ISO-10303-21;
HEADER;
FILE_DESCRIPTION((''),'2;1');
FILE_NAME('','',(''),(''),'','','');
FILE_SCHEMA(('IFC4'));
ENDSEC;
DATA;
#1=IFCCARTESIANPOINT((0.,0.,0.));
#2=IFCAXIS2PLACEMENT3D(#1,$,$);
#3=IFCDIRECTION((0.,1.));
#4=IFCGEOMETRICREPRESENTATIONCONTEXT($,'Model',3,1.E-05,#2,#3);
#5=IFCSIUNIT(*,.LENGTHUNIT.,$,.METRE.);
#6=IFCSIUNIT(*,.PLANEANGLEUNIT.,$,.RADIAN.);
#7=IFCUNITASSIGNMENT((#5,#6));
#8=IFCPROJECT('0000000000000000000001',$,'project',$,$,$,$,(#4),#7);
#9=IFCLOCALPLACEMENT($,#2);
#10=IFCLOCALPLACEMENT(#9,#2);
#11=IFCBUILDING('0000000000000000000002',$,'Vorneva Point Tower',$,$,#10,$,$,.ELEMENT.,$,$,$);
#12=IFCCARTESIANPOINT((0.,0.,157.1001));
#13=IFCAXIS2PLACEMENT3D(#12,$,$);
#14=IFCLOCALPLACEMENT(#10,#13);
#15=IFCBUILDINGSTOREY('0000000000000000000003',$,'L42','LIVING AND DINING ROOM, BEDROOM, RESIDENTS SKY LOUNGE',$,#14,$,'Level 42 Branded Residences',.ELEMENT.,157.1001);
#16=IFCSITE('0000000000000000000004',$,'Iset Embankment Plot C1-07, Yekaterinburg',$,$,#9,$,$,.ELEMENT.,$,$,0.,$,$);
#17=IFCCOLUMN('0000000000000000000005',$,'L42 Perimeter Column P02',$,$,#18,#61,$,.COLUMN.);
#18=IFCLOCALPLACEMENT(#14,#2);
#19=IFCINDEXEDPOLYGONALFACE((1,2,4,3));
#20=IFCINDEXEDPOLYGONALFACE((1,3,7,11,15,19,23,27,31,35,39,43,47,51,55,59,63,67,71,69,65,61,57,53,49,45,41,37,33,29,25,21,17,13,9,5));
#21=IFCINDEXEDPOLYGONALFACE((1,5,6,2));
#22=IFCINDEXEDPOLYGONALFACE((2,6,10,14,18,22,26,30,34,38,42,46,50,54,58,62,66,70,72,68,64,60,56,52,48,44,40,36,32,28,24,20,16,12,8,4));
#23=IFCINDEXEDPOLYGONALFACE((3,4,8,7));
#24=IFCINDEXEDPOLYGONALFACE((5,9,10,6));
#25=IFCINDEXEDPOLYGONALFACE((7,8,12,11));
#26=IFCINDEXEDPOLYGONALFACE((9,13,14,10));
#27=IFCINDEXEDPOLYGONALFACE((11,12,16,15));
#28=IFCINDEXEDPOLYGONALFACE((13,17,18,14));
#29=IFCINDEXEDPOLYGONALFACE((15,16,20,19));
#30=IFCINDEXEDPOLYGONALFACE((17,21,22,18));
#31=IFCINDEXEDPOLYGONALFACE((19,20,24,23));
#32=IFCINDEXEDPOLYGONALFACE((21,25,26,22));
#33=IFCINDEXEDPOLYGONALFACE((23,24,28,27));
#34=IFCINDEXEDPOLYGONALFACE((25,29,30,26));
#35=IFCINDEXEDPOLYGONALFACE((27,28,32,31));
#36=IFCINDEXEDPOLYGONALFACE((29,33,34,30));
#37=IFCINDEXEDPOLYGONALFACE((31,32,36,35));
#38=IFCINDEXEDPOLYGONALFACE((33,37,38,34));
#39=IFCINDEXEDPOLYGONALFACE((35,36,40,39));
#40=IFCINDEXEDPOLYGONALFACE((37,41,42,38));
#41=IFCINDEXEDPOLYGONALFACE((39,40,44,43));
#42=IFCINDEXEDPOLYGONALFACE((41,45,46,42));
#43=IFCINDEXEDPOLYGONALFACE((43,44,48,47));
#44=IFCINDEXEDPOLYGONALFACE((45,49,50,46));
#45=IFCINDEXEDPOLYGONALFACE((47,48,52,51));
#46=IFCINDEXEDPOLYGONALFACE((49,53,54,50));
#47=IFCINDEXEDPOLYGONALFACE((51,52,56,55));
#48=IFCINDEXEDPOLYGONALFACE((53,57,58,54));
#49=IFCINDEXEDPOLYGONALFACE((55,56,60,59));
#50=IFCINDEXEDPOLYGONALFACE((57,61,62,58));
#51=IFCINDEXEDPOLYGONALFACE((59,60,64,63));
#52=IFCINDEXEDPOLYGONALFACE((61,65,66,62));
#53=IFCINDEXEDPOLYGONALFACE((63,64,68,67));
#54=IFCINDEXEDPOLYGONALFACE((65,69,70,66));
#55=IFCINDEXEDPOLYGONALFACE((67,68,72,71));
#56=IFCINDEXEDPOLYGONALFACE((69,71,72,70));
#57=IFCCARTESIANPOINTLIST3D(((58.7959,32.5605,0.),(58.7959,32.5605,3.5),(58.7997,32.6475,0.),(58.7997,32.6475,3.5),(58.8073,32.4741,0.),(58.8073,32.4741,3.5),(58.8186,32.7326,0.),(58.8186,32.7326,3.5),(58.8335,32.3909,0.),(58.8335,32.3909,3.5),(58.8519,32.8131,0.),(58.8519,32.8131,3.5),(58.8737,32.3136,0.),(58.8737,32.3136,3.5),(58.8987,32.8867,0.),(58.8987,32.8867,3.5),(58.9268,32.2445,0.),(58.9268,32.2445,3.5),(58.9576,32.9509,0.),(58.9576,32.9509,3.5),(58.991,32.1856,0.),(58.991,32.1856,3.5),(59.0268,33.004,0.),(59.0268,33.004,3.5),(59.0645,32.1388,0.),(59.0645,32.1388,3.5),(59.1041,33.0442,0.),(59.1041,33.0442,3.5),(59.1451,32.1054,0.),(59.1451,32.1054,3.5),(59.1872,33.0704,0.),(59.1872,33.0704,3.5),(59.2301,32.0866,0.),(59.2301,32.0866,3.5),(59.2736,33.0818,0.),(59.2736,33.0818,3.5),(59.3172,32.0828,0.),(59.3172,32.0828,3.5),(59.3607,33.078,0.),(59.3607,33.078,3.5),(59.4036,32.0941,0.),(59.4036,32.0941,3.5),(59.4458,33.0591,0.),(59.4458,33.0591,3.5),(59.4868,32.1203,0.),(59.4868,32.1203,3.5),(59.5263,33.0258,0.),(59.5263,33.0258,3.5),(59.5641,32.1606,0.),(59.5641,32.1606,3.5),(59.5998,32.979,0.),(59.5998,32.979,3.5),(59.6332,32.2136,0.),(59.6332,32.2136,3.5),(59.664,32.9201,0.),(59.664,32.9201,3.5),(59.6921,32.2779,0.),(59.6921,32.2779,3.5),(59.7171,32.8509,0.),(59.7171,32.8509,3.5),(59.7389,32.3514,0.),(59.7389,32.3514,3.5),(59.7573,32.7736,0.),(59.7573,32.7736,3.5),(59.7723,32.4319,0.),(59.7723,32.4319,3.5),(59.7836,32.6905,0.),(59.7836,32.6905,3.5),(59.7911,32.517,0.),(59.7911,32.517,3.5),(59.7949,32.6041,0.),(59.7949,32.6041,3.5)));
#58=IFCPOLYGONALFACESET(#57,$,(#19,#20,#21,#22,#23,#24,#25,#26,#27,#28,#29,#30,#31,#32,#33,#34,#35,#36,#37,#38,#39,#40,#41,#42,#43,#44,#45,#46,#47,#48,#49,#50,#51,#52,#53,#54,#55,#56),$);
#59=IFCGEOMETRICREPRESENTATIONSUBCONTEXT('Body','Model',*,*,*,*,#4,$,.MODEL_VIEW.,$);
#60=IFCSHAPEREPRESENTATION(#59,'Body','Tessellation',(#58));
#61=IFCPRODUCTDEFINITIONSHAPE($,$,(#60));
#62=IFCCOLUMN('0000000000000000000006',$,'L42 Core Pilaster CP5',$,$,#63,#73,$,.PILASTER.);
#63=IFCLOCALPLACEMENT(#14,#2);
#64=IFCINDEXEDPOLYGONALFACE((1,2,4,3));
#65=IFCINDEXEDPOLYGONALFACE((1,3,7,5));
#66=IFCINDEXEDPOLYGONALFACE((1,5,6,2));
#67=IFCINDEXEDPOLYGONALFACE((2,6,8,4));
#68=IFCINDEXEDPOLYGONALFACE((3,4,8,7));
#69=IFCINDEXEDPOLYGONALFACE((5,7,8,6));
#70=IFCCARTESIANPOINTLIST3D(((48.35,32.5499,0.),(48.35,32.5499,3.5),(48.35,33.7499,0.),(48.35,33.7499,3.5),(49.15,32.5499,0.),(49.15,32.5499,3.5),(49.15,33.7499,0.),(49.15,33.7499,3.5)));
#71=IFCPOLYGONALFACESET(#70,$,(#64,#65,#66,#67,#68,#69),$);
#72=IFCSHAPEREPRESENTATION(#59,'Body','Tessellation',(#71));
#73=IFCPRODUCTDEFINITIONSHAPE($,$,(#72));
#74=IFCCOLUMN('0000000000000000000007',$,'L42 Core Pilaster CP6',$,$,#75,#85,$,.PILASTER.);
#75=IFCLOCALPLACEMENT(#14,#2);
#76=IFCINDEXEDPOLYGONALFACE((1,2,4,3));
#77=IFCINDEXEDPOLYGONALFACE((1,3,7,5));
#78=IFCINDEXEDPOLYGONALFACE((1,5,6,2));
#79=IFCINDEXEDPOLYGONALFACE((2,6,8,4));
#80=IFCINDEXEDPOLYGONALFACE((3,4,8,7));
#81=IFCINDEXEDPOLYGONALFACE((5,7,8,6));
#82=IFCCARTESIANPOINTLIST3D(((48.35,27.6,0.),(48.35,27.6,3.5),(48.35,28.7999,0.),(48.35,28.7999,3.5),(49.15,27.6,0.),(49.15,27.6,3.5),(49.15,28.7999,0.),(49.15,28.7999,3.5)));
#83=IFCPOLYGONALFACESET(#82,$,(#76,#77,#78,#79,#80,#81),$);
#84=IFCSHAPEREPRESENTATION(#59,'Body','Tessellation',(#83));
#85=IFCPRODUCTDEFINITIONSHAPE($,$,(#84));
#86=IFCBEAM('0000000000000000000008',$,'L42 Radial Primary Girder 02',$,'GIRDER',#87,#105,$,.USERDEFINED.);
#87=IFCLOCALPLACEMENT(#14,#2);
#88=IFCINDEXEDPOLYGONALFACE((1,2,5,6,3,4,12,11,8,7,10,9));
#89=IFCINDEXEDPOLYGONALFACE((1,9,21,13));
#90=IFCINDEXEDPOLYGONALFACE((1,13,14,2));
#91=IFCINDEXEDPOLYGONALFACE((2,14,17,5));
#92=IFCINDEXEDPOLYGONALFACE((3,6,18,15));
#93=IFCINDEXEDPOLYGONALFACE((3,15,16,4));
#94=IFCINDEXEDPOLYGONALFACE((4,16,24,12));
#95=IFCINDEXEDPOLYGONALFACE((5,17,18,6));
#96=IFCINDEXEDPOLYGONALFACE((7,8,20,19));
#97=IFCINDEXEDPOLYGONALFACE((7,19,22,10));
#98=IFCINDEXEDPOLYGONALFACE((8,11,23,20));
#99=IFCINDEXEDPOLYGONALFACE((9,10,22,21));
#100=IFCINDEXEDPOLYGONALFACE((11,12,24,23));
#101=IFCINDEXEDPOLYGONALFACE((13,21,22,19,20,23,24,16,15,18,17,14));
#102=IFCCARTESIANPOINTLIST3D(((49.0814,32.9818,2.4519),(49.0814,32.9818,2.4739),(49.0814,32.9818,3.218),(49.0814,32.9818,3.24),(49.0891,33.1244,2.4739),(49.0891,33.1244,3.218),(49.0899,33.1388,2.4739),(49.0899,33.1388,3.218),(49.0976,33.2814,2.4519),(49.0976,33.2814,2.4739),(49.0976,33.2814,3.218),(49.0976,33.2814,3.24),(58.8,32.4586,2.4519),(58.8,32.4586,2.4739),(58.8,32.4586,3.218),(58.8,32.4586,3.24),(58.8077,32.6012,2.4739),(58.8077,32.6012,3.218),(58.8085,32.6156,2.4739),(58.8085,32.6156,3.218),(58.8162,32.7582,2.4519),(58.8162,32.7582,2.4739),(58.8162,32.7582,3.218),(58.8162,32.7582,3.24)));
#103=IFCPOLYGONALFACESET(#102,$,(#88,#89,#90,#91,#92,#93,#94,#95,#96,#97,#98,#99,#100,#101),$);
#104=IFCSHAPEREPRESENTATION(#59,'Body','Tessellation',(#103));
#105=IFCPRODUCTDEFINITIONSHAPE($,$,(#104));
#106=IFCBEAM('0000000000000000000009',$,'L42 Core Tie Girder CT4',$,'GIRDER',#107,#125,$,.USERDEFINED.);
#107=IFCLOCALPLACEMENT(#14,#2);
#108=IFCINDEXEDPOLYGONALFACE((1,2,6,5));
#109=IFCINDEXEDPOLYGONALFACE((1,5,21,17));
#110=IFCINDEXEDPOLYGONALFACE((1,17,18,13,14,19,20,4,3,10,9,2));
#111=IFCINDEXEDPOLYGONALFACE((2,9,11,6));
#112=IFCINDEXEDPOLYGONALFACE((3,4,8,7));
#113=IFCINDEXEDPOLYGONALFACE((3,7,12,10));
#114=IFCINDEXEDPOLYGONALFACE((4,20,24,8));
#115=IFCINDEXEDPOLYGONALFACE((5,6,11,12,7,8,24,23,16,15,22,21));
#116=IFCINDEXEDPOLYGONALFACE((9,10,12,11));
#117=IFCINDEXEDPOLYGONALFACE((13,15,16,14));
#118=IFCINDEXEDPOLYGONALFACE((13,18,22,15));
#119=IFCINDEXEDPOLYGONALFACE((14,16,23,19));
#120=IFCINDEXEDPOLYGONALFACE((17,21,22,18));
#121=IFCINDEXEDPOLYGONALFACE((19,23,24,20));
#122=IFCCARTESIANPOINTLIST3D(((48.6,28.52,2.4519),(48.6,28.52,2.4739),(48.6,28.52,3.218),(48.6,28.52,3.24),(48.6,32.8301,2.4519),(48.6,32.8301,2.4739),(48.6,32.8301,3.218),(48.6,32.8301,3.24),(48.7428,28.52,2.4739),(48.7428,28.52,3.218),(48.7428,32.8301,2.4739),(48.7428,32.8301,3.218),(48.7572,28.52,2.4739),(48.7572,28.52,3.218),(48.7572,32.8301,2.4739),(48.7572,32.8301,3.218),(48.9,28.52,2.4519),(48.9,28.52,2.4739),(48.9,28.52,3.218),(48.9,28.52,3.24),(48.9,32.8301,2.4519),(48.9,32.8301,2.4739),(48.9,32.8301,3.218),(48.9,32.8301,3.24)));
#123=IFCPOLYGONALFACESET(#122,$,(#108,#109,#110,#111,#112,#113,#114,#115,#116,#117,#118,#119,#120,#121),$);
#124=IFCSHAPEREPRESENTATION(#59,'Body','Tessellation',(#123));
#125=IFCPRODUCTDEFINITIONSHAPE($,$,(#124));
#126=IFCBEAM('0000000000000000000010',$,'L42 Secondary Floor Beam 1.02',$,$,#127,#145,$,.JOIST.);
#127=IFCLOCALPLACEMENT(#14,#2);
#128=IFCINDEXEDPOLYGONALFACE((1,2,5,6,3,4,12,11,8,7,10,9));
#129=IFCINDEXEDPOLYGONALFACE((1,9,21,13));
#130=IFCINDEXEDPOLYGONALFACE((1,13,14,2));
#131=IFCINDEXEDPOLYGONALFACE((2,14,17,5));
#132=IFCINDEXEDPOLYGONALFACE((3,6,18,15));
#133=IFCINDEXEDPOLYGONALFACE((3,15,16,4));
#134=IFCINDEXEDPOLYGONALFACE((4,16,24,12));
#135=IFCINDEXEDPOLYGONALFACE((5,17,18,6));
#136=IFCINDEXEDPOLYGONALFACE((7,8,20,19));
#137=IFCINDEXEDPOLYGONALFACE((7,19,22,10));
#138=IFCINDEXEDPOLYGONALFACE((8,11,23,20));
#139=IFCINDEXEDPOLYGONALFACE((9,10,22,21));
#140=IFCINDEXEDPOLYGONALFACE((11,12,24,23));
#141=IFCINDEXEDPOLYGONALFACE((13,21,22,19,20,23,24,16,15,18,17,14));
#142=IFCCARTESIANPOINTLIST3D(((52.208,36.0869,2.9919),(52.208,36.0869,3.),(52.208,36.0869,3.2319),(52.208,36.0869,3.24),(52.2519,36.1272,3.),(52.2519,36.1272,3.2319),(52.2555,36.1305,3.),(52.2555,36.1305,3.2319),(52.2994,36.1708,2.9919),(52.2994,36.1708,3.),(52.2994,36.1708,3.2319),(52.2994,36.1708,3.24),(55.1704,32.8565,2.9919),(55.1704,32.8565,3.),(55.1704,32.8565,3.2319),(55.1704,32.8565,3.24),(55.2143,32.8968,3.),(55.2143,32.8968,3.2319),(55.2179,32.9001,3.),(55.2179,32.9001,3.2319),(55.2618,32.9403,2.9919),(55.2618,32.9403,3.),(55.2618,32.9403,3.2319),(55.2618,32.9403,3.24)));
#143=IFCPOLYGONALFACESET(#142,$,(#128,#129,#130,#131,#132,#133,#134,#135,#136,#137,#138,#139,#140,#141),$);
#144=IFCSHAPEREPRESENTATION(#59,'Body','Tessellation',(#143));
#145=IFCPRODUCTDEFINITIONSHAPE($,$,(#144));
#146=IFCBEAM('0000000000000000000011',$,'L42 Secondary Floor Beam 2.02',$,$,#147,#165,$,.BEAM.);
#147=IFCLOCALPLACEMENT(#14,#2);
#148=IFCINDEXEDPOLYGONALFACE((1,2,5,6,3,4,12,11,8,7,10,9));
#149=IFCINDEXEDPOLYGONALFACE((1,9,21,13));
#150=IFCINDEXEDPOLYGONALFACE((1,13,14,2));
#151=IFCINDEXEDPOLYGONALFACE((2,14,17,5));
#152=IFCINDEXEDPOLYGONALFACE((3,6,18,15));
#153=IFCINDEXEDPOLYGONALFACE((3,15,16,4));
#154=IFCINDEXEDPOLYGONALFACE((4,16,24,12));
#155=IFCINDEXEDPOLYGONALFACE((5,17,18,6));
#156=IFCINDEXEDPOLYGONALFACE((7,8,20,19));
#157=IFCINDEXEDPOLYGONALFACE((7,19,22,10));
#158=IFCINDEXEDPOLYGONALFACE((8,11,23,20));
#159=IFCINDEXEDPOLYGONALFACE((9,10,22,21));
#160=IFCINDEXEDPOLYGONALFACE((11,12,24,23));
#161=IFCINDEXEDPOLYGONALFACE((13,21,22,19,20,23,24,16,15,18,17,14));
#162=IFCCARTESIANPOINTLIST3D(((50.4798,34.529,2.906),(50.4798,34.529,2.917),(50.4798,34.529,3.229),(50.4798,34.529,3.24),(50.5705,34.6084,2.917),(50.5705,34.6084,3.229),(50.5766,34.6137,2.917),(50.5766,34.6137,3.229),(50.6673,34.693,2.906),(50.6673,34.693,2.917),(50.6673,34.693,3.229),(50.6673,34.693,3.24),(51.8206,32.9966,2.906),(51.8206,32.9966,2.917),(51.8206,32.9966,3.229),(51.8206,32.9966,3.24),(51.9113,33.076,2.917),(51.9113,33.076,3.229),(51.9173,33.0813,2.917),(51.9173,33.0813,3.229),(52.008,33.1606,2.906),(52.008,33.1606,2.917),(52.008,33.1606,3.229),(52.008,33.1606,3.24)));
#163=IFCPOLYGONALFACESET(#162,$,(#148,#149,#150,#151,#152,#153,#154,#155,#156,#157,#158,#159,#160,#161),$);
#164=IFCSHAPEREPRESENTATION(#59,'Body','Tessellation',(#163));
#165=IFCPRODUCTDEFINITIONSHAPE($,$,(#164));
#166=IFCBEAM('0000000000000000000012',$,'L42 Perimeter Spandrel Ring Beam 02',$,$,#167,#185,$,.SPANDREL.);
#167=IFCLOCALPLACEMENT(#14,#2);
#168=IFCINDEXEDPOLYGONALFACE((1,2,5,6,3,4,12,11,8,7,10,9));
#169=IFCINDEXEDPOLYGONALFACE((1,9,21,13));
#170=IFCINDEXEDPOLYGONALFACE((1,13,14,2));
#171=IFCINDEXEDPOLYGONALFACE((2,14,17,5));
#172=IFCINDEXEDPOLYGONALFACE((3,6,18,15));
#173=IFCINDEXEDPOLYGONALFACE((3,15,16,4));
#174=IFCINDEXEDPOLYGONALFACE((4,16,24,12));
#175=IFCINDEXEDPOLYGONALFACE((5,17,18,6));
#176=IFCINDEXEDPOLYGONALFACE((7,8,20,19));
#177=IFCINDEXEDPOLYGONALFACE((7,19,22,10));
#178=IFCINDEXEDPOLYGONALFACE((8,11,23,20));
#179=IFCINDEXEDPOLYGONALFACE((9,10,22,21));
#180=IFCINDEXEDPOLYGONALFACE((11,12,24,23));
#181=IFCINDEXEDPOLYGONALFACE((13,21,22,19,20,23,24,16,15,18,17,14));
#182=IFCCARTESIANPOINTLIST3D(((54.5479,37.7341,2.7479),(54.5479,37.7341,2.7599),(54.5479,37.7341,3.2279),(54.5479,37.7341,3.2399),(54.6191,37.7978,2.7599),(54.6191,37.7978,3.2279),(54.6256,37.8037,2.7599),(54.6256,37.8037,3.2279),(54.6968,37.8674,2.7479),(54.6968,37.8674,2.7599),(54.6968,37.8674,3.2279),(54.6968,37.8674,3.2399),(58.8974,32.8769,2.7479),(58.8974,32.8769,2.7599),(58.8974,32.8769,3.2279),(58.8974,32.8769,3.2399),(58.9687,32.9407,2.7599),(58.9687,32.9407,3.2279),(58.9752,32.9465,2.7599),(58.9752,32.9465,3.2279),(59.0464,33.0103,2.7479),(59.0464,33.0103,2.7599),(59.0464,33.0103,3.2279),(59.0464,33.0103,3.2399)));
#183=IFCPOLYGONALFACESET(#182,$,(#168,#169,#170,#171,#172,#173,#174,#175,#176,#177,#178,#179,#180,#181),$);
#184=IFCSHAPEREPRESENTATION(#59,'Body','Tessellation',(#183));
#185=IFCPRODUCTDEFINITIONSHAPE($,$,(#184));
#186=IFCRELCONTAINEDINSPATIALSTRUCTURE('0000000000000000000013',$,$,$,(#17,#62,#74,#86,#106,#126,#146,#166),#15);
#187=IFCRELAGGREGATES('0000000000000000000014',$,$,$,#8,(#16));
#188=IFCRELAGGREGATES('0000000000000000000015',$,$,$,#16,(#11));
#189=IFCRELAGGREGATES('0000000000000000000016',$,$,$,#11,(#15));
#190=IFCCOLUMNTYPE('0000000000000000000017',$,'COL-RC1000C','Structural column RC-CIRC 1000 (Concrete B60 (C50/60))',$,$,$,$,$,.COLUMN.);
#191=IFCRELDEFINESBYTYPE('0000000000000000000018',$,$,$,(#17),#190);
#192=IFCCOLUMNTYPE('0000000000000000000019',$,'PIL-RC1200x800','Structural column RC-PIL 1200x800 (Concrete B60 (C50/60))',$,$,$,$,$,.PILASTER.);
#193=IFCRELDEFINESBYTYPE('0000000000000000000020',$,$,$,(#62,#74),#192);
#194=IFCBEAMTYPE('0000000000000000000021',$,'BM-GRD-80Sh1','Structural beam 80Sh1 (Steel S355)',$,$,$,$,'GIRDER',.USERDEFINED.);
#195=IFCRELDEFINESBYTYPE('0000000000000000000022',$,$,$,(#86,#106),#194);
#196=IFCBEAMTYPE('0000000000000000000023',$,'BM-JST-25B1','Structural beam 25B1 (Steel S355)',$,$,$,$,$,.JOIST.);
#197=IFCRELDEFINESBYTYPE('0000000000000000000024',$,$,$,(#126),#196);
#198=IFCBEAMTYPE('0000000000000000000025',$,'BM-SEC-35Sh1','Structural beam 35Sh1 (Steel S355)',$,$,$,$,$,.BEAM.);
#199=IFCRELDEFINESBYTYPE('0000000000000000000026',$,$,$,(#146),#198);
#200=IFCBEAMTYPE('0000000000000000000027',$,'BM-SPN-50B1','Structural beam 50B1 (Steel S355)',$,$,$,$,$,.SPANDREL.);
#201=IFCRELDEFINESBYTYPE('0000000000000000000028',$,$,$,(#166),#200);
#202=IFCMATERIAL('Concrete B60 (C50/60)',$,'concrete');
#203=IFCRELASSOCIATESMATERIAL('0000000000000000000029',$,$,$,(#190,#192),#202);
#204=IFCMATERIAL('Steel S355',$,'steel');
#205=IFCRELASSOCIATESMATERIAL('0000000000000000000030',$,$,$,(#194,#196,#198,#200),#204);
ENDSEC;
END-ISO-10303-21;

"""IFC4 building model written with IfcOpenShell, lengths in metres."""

from ifc_helpers import new_model, si_unit, direction, frame, origin, origin_2d, place, context, subcontext, project, spatial, rectangle, circle, i_section, extrude, material, material_profile, profile_set, type_object, element, save


model = new_model("IFC4")

# Units and contexts
model_context = context("Model", 3, precision=1e-05, world=origin(), true_north=direction((0.0, 1.0)))
body_context = subcontext(model_context, "Body", "Model", "MODEL_VIEW")
ifc_project = project(units=[si_unit("LENGTHUNIT", "METRE"), si_unit("PLANEANGLEUNIT", "RADIAN")], contexts=[model_context])

# Site, building, storey
site_placement = place(None, origin())
site = spatial("IfcSite", under=ifc_project, at=site_placement, Name="Iset Embankment Plot C1-07, Yekaterinburg", CompositionType="ELEMENT", RefElevation=0.0)
building_placement = place(site_placement, origin())
building = spatial("IfcBuilding", under=site, at=building_placement, Name="Vorneva Point Tower", CompositionType="ELEMENT")
storey_placement = place(building_placement, frame((0.0, 0.0, 157.1001)))
storey = spatial("IfcBuildingStorey", under=building, at=storey_placement, Name="L42", Description="LIVING AND DINING ROOM, BEDROOM, RESIDENTS SKY LOUNGE", LongName="Level 42 Branded Residences", CompositionType="ELEMENT", Elevation=157.1001)

# Columns
ifc_material_1 = material(Name="Concrete B60 (C50/60)", Category="concrete")
ifc_material_profile_1 = material_profile(ifc_material_1, circle(Radius=0.5, at=origin_2d()), Name="RC-CIRC 1000")
ifc_profile_set_1 = profile_set([ifc_material_profile_1], Name="Concrete B60 (C50/60)")
column_type_1 = type_object("IfcColumnType", Name="COL-RC1000C", Description="Structural column RC-CIRC 1000 (Concrete B60 (C50/60))", PredefinedType="COLUMN", material=ifc_profile_set_1)
column_placement = place(storey_placement, frame((59.2954, 32.5823, 0.0), z_axis=(0.0, 0.0, 1.0), x_axis=(0.92388, 0.382683, 0.0)))
element("IfcColumn", 1, at=column_placement, inside=storey, type_object=column_type_1, Name="L42 Perimeter Column P02", PredefinedType="COLUMN", context=body_context, shape_type="SweptSolid", body=[
    extrude(circle(Radius=0.5, at=origin_2d()), origin(), (0.0, 0.0, 1.0), 3.5),
])
ifc_material_profile_2 = material_profile(ifc_material_1, rectangle(XDim=0.8, YDim=1.2, at=origin_2d()), Name="RC-PIL 1200x800")
ifc_profile_set_2 = profile_set([ifc_material_profile_2], Name="Concrete B60 (C50/60)")
column_type_2 = type_object("IfcColumnType", Name="PIL-RC1200x800", Description="Structural column RC-PIL 1200x800 (Concrete B60 (C50/60))", PredefinedType="PILASTER", material=ifc_profile_set_2)
for number, where, z_axis, x_axis, name in (
    (2, (48.75, 33.1499, 0.0), (0.0, 0.0, 1.0), (1.0, 0.0, 0.0), "L42 Core Pilaster CP5"),
    (3, (48.75, 28.2, 0.0), (0.0, 0.0, 1.0), (1.0, 0.0, 0.0), "L42 Core Pilaster CP6"),
):
    element("IfcColumn", number, at=place(storey_placement, frame(where, z_axis=z_axis, x_axis=x_axis)), inside=storey, type_object=column_type_2, Name=name, PredefinedType="PILASTER", context=body_context, shape_type="SweptSolid", body=[
        extrude(rectangle(XDim=0.8, YDim=1.2, at=origin_2d()), origin(), (0.0, 0.0, 1.0), 3.5),
    ])

# Beams
ifc_material_2 = material(Name="Steel S355", Category="steel")
ifc_material_profile_3 = material_profile(ifc_material_2, i_section(OverallWidth=0.3, OverallDepth=0.7881, WebThickness=0.0144, FlangeThickness=0.022, at=origin_2d()), Name="80Sh1")
ifc_profile_set_3 = profile_set([ifc_material_profile_3], Name="Steel S355")
beam_type_1 = type_object("IfcBeamType", Name="BM-GRD-80Sh1", Description="Structural beam 80Sh1 (Steel S355)", ElementType="GIRDER", PredefinedType="USERDEFINED", material=ifc_profile_set_3)
beam_1_placement = place(storey_placement, frame((58.8081, 32.6084, 2.8459), z_axis=(-0.998554, 0.053757, 0.0), x_axis=(-0.053757, -0.998554, 0.0)))
element("IfcBeam", 4, at=beam_1_placement, inside=storey, type_object=beam_type_1, Name="L42 Radial Primary Girder 02", ObjectType="GIRDER", PredefinedType="USERDEFINED", context=body_context, shape_type="SweptSolid", body=[
    extrude(i_section(OverallWidth=0.3, OverallDepth=0.7881, WebThickness=0.0144, FlangeThickness=0.022, at=origin_2d()), origin(), (0.0, 0.0, 1.0), 9.7327),
])
beam_2_placement = place(storey_placement, frame((48.75, 28.52, 2.8459), z_axis=(0.0, 1.0, 0.0), x_axis=(-1.0, 0.0, 0.0)))
element("IfcBeam", 5, at=beam_2_placement, inside=storey, type_object=beam_type_1, Name="L42 Core Tie Girder CT4", ObjectType="GIRDER", PredefinedType="USERDEFINED", context=body_context, shape_type="SweptSolid", body=[
    extrude(i_section(OverallWidth=0.3, OverallDepth=0.7881, WebThickness=0.0144, FlangeThickness=0.022, at=origin_2d()), origin(), (0.0, 0.0, 1.0), 4.3101),
])
ifc_material_profile_4 = material_profile(ifc_material_2, i_section(OverallWidth=0.124, OverallDepth=0.248, WebThickness=0.0049, FlangeThickness=0.0081, at=origin_2d()), Name="25B1")
ifc_profile_set_4 = profile_set([ifc_material_profile_4], Name="Steel S355")
beam_type_2 = type_object("IfcBeamType", Name="BM-JST-25B1", Description="Structural beam 25B1 (Steel S355)", PredefinedType="JOIST", material=ifc_profile_set_4)
beam_3_placement = place(storey_placement, frame((55.2161, 32.8984, 3.116), z_axis=(-0.675866, 0.737025, 0.0), x_axis=(-0.737025, -0.675866, 0.0)))
element("IfcBeam", 6, at=beam_3_placement, inside=storey, type_object=beam_type_2, Name="L42 Secondary Floor Beam 1.02", PredefinedType="JOIST", context=body_context, shape_type="SweptSolid", body=[
    extrude(i_section(OverallWidth=0.124, OverallDepth=0.248, WebThickness=0.0049, FlangeThickness=0.0081, at=origin_2d()), origin(), (0.0, 0.0, 1.0), 4.3831),
])
ifc_material_profile_5 = material_profile(ifc_material_2, i_section(OverallWidth=0.249, OverallDepth=0.334, WebThickness=0.0081, FlangeThickness=0.011, at=origin_2d()), Name="35Sh1")
ifc_profile_set_5 = profile_set([ifc_material_profile_5], Name="Steel S355")
beam_type_3 = type_object("IfcBeamType", Name="BM-SEC-35Sh1", Description="Structural beam 35Sh1 (Steel S355)", PredefinedType="BEAM", material=ifc_profile_set_5)
beam_4_placement = place(storey_placement, frame((51.9143, 33.0786, 3.073), z_axis=(-0.658479, 0.752599, 0.0), x_axis=(-0.752599, -0.658479, 0.0)))
element("IfcBeam", 7, at=beam_4_placement, inside=storey, type_object=beam_type_3, Name="L42 Secondary Floor Beam 2.02", PredefinedType="BEAM", context=body_context, shape_type="SweptSolid", body=[
    extrude(i_section(OverallWidth=0.249, OverallDepth=0.334, WebThickness=0.0081, FlangeThickness=0.011, at=origin_2d()), origin(), (0.0, 0.0, 1.0), 2.0361),
])
ifc_material_profile_6 = material_profile(ifc_material_2, i_section(OverallWidth=0.2, OverallDepth=0.4919, WebThickness=0.0088, FlangeThickness=0.012, at=origin_2d()), Name="50B1")
ifc_profile_set_6 = profile_set([ifc_material_profile_6], Name="Steel S355")
beam_type_4 = type_object("IfcBeamType", Name="BM-SPN-50B1", Description="Structural beam 50B1 (Steel S355)", PredefinedType="SPANDREL", material=ifc_profile_set_6)
beam_5_placement = place(storey_placement, frame((58.9719, 32.9436, 2.9939), z_axis=(-0.667111, 0.744958, 0.0), x_axis=(-0.744958, -0.667111, 0.0)))
element("IfcBeam", 8, at=beam_5_placement, inside=storey, type_object=beam_type_4, Name="L42 Perimeter Spandrel Ring Beam 02", PredefinedType="SPANDREL", context=body_context, shape_type="SweptSolid", body=[
    extrude(i_section(OverallWidth=0.2, OverallDepth=0.4919, WebThickness=0.0088, FlangeThickness=0.012, at=origin_2d()), origin(), (0.0, 0.0, 1.0), 6.52),
])

save(model, "model.ifc")
